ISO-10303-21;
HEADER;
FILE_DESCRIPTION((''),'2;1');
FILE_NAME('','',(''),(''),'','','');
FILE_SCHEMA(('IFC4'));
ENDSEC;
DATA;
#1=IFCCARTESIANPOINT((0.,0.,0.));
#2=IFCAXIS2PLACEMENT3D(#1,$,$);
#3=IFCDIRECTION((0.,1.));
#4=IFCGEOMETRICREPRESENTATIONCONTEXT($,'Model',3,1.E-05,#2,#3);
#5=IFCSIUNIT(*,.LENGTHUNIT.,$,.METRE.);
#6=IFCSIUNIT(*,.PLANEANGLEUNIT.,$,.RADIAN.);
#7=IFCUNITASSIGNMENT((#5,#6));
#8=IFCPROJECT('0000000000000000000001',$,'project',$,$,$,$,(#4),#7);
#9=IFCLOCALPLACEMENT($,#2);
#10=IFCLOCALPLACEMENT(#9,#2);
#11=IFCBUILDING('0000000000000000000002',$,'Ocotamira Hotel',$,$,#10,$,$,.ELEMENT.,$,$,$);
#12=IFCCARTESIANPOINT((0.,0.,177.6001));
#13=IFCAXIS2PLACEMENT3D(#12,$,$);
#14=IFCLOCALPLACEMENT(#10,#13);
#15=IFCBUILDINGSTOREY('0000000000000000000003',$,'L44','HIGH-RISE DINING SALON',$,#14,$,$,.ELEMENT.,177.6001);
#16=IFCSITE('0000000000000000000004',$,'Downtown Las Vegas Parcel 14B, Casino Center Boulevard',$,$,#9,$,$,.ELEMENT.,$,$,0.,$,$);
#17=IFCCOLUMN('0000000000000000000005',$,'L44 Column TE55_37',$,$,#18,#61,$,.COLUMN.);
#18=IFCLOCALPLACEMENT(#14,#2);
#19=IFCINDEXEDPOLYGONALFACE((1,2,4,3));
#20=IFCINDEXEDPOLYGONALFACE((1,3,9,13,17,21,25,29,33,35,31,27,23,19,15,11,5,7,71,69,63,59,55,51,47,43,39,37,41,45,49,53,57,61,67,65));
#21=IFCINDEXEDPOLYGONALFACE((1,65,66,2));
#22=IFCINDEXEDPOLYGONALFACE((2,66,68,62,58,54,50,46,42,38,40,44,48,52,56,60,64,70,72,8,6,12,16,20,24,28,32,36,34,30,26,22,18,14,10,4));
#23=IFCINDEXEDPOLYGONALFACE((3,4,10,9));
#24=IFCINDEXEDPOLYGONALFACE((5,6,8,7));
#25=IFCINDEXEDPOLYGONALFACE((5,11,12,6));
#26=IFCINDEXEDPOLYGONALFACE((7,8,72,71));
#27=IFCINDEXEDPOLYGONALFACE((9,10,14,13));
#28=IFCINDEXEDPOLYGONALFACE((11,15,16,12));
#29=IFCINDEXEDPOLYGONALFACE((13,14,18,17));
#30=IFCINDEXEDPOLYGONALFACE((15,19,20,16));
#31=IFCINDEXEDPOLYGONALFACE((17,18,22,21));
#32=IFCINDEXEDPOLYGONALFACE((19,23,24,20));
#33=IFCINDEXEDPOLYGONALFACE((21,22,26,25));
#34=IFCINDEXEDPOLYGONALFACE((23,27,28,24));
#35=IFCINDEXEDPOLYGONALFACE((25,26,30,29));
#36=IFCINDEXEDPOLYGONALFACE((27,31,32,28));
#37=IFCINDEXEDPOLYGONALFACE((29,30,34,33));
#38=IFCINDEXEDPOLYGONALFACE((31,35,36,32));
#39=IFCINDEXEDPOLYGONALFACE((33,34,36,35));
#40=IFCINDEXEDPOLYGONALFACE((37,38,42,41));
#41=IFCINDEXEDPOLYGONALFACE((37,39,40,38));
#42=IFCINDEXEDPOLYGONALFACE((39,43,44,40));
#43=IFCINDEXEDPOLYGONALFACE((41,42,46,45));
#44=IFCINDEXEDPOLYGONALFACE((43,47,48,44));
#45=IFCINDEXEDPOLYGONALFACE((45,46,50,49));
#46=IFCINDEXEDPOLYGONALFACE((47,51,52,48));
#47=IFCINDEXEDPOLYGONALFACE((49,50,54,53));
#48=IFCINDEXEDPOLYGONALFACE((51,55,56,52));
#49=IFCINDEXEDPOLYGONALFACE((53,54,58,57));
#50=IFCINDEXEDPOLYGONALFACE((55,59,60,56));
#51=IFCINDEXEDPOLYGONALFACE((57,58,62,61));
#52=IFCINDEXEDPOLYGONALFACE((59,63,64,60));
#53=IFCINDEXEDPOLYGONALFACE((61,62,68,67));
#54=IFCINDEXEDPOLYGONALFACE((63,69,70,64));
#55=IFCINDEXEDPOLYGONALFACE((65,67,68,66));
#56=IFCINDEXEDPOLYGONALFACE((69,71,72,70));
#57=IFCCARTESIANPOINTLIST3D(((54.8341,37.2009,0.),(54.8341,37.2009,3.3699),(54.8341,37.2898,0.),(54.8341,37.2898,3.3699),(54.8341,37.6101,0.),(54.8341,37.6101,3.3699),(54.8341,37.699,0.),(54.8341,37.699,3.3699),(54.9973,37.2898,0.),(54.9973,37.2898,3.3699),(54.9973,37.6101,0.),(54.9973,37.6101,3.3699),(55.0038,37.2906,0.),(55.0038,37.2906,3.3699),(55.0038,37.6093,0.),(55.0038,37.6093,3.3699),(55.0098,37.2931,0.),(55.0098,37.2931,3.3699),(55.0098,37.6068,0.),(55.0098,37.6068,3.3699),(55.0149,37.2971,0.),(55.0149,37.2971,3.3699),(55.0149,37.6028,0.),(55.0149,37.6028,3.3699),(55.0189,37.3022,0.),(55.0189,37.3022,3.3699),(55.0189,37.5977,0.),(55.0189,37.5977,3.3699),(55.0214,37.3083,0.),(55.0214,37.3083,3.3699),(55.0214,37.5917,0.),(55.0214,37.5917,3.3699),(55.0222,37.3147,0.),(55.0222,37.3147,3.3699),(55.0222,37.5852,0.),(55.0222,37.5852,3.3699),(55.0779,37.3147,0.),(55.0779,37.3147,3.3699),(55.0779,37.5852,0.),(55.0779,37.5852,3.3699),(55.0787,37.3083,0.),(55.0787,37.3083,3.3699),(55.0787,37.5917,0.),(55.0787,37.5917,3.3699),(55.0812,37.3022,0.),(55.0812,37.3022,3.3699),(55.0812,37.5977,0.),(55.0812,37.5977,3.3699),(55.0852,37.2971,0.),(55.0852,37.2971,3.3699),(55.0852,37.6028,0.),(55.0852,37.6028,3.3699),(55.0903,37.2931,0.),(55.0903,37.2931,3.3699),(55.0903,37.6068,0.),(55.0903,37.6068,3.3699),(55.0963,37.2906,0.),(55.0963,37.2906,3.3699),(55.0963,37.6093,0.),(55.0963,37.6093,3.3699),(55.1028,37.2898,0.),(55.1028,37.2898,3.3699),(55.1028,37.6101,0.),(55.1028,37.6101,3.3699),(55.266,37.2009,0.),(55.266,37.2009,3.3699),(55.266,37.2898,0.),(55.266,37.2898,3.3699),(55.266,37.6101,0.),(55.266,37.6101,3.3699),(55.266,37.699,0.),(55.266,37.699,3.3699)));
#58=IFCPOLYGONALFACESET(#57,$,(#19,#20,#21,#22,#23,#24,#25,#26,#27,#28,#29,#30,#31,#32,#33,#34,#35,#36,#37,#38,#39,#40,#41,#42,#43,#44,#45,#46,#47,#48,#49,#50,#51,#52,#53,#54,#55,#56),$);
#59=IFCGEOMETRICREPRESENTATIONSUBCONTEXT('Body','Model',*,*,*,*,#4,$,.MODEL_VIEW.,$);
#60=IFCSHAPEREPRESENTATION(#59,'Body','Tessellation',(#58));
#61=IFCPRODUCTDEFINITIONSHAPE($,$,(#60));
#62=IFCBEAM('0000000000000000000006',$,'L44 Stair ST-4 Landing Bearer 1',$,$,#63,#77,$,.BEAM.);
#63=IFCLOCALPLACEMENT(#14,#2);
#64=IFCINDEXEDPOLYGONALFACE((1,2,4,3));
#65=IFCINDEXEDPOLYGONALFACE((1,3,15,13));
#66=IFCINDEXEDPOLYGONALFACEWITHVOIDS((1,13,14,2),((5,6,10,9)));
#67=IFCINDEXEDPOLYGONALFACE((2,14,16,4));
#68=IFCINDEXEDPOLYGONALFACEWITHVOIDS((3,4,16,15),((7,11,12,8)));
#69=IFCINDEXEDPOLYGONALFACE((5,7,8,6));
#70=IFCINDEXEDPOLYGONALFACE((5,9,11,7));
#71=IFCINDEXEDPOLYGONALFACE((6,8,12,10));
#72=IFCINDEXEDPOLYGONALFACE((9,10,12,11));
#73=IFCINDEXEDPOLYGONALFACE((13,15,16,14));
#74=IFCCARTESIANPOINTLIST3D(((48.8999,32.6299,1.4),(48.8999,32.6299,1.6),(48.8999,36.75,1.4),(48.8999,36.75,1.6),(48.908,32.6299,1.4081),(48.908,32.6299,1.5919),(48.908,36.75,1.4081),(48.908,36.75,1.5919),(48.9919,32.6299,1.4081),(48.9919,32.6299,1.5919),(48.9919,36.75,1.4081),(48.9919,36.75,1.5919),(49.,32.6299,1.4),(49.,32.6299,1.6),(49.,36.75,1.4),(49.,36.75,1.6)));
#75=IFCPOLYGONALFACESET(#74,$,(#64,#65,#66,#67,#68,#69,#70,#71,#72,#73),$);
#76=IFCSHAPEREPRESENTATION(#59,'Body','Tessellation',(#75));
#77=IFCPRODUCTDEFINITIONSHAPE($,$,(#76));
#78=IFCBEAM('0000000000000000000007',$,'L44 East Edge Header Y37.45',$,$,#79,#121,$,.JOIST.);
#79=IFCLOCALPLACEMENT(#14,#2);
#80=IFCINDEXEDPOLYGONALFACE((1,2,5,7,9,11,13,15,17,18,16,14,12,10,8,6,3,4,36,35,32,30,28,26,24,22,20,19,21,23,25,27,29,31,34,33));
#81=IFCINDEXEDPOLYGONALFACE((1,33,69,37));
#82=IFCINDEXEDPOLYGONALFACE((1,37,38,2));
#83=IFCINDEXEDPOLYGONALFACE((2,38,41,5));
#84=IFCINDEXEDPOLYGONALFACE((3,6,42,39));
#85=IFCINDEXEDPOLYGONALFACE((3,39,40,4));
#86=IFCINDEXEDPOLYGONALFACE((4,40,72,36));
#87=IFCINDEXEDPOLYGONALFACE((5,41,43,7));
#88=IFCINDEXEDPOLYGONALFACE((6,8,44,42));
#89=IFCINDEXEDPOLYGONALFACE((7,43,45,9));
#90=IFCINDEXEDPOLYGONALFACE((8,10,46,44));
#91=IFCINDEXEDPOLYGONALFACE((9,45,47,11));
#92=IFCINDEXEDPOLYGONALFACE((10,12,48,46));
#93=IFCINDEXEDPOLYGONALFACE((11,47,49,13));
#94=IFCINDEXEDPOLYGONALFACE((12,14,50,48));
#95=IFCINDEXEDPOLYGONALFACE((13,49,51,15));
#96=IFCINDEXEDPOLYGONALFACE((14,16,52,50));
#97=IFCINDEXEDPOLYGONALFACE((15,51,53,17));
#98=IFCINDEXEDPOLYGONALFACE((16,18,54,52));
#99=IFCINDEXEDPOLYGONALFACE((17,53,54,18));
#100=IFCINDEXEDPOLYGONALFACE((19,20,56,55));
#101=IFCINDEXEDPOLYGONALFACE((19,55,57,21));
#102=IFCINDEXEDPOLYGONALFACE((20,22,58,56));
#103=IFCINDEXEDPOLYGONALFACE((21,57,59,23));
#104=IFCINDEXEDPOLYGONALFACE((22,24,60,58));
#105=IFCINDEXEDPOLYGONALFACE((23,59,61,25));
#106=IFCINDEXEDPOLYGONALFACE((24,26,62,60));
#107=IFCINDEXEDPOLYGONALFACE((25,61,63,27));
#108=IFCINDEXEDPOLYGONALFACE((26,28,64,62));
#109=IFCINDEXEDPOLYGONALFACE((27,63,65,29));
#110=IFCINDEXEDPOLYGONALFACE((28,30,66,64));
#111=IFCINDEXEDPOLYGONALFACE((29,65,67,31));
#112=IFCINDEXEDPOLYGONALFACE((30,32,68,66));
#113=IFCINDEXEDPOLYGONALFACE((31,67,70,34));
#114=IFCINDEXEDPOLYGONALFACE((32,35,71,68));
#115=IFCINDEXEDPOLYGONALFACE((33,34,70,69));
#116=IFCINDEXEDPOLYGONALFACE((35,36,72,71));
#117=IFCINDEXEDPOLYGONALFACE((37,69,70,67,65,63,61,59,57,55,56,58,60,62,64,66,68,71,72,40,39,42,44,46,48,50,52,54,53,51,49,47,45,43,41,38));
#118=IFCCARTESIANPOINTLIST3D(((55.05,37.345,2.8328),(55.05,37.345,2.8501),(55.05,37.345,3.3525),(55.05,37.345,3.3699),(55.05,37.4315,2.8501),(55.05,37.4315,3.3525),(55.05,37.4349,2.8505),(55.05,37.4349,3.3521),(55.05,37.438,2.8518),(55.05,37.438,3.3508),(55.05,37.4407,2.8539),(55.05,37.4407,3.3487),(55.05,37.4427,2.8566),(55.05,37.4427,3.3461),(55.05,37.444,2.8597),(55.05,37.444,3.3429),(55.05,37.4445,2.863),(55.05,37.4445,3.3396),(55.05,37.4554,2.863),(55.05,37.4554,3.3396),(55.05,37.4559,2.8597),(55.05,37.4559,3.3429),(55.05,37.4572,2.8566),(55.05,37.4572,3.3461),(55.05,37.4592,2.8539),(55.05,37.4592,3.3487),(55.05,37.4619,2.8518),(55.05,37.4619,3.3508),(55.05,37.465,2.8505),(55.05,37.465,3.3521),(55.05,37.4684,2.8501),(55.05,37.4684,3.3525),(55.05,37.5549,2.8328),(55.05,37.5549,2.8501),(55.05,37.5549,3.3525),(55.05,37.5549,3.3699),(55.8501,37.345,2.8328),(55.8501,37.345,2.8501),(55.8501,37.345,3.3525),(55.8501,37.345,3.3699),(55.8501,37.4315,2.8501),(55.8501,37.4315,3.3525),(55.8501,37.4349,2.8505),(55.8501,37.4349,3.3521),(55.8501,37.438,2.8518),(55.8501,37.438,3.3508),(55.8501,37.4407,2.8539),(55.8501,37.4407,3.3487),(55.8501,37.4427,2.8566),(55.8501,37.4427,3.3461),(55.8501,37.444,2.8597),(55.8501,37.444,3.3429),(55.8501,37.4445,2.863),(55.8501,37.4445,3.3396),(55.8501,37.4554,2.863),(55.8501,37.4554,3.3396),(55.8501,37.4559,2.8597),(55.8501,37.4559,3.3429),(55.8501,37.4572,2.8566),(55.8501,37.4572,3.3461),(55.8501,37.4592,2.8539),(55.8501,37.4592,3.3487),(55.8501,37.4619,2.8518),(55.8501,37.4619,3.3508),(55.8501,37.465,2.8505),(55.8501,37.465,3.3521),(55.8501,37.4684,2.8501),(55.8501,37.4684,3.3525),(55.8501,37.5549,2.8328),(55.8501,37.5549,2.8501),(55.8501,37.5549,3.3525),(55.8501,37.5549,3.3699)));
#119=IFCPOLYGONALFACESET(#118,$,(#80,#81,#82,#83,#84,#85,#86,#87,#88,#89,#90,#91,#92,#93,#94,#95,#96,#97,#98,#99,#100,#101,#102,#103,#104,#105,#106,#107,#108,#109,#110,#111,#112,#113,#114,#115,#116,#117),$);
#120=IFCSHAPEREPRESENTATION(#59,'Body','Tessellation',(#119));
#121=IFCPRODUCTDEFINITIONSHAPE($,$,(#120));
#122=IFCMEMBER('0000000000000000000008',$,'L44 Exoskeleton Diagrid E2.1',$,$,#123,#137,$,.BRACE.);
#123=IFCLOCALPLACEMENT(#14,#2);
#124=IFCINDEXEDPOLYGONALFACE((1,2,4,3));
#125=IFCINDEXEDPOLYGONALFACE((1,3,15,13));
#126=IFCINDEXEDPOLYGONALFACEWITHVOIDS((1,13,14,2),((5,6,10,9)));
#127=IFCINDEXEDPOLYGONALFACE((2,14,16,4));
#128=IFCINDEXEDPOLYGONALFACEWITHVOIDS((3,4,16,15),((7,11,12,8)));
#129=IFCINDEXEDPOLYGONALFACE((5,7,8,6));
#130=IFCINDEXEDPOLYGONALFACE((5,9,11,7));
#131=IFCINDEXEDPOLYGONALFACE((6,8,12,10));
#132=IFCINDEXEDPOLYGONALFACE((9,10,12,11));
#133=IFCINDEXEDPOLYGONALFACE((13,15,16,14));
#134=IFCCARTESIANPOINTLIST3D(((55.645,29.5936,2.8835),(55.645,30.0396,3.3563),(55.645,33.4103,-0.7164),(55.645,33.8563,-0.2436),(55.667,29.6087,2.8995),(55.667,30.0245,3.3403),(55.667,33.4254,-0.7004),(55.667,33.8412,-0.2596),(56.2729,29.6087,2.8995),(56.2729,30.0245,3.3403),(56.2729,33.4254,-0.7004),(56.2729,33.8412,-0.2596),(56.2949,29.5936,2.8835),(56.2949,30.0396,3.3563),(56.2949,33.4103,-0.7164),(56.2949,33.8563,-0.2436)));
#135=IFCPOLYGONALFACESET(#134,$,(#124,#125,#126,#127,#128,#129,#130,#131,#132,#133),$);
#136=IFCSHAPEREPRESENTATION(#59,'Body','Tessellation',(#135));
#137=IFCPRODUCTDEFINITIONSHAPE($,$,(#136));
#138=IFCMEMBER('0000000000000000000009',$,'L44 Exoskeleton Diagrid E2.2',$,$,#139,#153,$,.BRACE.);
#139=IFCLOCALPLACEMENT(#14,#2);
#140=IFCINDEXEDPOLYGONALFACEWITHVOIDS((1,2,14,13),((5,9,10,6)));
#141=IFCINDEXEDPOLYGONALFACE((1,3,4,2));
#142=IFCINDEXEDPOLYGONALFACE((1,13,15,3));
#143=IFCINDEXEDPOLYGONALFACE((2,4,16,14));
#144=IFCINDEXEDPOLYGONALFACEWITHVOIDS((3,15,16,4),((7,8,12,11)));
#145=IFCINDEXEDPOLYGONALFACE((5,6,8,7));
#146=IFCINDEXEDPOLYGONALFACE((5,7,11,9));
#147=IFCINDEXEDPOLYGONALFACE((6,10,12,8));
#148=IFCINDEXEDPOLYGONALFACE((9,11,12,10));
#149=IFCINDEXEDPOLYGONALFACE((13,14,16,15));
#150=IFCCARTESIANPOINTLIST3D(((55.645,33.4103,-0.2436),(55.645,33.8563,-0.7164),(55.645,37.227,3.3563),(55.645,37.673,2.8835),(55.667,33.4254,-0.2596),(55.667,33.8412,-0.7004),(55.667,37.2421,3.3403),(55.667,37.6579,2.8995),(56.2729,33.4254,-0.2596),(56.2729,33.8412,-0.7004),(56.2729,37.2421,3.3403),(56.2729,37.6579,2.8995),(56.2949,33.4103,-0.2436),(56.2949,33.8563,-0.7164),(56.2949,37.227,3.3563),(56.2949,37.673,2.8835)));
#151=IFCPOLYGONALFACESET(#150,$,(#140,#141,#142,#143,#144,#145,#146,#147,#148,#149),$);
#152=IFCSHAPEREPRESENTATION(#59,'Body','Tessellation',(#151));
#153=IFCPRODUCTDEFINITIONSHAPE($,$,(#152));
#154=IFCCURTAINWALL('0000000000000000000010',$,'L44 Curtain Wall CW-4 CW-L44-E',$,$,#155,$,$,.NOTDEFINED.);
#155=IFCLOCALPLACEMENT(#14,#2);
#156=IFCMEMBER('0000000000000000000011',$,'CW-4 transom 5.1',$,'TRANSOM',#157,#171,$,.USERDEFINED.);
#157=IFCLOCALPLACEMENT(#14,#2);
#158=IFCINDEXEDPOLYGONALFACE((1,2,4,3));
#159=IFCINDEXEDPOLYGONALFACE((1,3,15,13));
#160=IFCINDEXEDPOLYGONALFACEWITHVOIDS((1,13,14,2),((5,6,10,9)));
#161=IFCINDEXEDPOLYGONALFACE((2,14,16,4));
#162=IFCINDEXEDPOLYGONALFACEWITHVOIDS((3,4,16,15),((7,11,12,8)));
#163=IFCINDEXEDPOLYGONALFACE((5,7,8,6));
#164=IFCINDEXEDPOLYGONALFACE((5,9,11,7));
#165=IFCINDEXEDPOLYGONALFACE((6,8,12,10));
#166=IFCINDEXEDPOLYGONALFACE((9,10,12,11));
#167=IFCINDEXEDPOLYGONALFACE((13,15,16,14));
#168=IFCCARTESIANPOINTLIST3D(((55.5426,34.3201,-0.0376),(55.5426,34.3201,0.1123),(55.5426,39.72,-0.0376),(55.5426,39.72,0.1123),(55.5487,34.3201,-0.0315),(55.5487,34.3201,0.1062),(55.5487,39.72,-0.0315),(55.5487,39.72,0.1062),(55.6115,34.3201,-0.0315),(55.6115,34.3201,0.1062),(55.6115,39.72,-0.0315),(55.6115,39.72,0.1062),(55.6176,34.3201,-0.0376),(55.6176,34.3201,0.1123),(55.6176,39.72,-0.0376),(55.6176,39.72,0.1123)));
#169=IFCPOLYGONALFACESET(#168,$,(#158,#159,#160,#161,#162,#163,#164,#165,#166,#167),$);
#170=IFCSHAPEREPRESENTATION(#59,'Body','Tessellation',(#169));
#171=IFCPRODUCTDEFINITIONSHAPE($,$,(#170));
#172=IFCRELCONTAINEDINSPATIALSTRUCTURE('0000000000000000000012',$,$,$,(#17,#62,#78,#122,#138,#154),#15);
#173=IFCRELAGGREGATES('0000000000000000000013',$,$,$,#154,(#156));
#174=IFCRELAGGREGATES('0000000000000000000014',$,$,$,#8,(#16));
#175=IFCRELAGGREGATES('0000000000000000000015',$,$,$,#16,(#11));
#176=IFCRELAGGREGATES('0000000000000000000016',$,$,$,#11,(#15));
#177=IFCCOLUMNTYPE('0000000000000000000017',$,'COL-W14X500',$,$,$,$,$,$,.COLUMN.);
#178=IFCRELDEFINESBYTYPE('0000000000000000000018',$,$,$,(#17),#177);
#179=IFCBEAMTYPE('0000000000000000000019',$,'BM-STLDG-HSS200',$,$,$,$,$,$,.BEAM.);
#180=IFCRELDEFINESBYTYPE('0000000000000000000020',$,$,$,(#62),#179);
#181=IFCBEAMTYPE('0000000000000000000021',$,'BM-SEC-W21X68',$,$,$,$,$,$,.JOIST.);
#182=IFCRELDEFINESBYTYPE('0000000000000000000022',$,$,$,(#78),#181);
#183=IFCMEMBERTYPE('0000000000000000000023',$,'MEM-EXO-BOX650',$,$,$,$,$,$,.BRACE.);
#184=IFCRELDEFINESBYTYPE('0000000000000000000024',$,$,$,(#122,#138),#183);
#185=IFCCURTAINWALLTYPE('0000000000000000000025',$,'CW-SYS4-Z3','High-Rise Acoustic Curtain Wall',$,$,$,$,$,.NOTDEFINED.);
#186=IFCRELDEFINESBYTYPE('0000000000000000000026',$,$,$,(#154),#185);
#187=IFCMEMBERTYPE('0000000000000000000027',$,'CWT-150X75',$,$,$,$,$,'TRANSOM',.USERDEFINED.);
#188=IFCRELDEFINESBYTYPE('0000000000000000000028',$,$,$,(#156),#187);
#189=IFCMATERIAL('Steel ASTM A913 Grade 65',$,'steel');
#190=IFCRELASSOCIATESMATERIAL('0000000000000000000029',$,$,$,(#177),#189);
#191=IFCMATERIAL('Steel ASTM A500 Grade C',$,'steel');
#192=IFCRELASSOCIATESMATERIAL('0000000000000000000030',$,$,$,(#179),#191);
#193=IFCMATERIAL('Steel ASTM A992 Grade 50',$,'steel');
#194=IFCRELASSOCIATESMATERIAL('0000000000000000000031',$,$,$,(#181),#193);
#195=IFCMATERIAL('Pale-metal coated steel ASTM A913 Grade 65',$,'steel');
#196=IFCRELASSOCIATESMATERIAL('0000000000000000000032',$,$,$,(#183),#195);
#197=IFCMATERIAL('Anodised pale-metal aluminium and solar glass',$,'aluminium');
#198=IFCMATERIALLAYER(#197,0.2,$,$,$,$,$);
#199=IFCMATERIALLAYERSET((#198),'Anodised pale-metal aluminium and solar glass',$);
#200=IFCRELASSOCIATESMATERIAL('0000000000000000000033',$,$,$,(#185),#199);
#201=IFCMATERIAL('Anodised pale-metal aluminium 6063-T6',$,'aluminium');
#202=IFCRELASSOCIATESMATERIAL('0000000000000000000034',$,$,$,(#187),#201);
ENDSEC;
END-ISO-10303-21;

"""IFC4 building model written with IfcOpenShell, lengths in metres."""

from ifc_helpers import new_model, si_unit, direction, frame, origin, origin_2d, place, context, subcontext, project, spatial, hollow_rectangle, i_section, extrude, source, transform, mapped, material, layer, layer_set, material_profile, profile_set, type_object, element, aggregate, save


model = new_model("IFC4")

# Units and contexts
model_context = context("Model", 3, precision=1e-05, world=origin(), true_north=direction((0.0, 1.0)))
body_context = subcontext(model_context, "Body", "Model", "MODEL_VIEW")
ifc_project = project(units=[si_unit("LENGTHUNIT", "METRE"), si_unit("PLANEANGLEUNIT", "RADIAN")], contexts=[model_context])

# Site, building, storey
site_placement = place(None, origin())
site = spatial("IfcSite", under=ifc_project, at=site_placement, Name="Downtown Las Vegas Parcel 14B, Casino Center Boulevard", CompositionType="ELEMENT", RefElevation=0.0)
building_placement = place(site_placement, origin())
building = spatial("IfcBuilding", under=site, at=building_placement, Name="Ocotamira Hotel", CompositionType="ELEMENT")
storey_placement = place(building_placement, frame((0.0, 0.0, 177.6001)))
storey = spatial("IfcBuildingStorey", under=building, at=storey_placement, Name="L44", Description="HIGH-RISE DINING SALON", CompositionType="ELEMENT", Elevation=177.6001)

# Column
ifc_material_1 = material(Name="Steel ASTM A913 Grade 65", Category="steel")
ifc_material_profile_1 = material_profile(ifc_material_1, i_section(OverallWidth=0.4319, OverallDepth=0.498, WebThickness=0.0557, FlangeThickness=0.0889, FilletRadius=0.0249, at=origin_2d()), Name="W14X500")
ifc_profile_set_1 = profile_set([ifc_material_profile_1], Name="Steel ASTM A913 Grade 65")
column_type = type_object("IfcColumnType", Name="COL-W14X500", PredefinedType="COLUMN", material=ifc_profile_set_1)
shared_shape_1 = source(origin(), body_context, "Body", "SweptSolid", [
    extrude(i_section(OverallWidth=0.4319, OverallDepth=0.498, WebThickness=0.0557, FlangeThickness=0.0889, FilletRadius=0.0249, at=origin_2d()), origin(), (0.0, 0.0, 1.0), 3.3699),
])
column_placement = place(storey_placement, frame((55.05, 37.45, 0.0), z_axis=(0.0, 0.0, 1.0), x_axis=(1.0, 0.0, 0.0)))
element("IfcColumn", 1, at=column_placement, inside=storey, type_object=column_type, Name="L44 Column TE55_37", PredefinedType="COLUMN", context=body_context, shape_type="MappedRepresentation", body=[
    mapped(shared_shape_1, transform((0.0, 0.0, 0.0), scale=1.0)),
])

# Beams
ifc_material_2 = material(Name="Steel ASTM A500 Grade C", Category="steel")
ifc_material_profile_2 = material_profile(ifc_material_2, hollow_rectangle(XDim=0.1001, YDim=0.2, WallThickness=0.0081, at=origin_2d()), Name="HSS200X100X8")
ifc_profile_set_2 = profile_set([ifc_material_profile_2], Name="Steel ASTM A500 Grade C")
beam_type_1 = type_object("IfcBeamType", Name="BM-STLDG-HSS200", PredefinedType="BEAM", material=ifc_profile_set_2)
shared_shape_2 = source(origin(), body_context, "Body", "SweptSolid", [
    extrude(hollow_rectangle(XDim=0.1001, YDim=0.2, WallThickness=0.0081, at=origin_2d()), origin(), (0.0, 0.0, 1.0), 4.1201),
])
beam_1_placement = place(storey_placement, frame((48.95, 32.6299, 1.5), z_axis=(0.0, 1.0, 0.0), x_axis=(-1.0, 0.0, 0.0)))
element("IfcBeam", 2, at=beam_1_placement, inside=storey, type_object=beam_type_1, Name="L44 Stair ST-4 Landing Bearer 1", PredefinedType="BEAM", context=body_context, shape_type="MappedRepresentation", body=[
    mapped(shared_shape_2, transform((0.0, 0.0, 0.0), scale=1.0)),
])
ifc_material_3 = material(Name="Steel ASTM A992 Grade 50", Category="steel")
ifc_material_profile_3 = material_profile(ifc_material_3, i_section(OverallWidth=0.21, OverallDepth=0.5371, WebThickness=0.011, FlangeThickness=0.0173, FilletRadius=0.0129, at=origin_2d()), Name="W21X68")
ifc_profile_set_3 = profile_set([ifc_material_profile_3], Name="Steel ASTM A992 Grade 50")
beam_type_2 = type_object("IfcBeamType", Name="BM-SEC-W21X68", PredefinedType="JOIST", material=ifc_profile_set_3)
shared_shape_3 = source(origin(), body_context, "Body", "SweptSolid", [
    extrude(i_section(OverallWidth=0.21, OverallDepth=0.5371, WebThickness=0.011, FlangeThickness=0.0173, FilletRadius=0.0129, at=origin_2d()), origin(), (0.0, 0.0, 1.0), 0.8),
])
beam_2_placement = place(storey_placement, frame((55.05, 37.45, 3.1013), z_axis=(1.0, 0.0, 0.0), x_axis=(0.0, 1.0, 0.0)))
element("IfcBeam", 3, at=beam_2_placement, inside=storey, type_object=beam_type_2, Name="L44 East Edge Header Y37.45", PredefinedType="JOIST", context=body_context, shape_type="MappedRepresentation", body=[
    mapped(shared_shape_3, transform((0.0, 0.0, 0.0), scale=1.0)),
])

# Members
ifc_material_4 = material(Name="Pale-metal coated steel ASTM A913 Grade 65", Category="steel")
ifc_material_profile_4 = material_profile(ifc_material_4, hollow_rectangle(XDim=0.6499, YDim=0.6499, WallThickness=0.022, at=origin_2d()), Name="BOX650X650X22")
ifc_profile_set_4 = profile_set([ifc_material_profile_4], Name="Pale-metal coated steel ASTM A913 Grade 65")
member_type_1 = type_object("IfcMemberType", Name="MEM-EXO-BOX650", PredefinedType="BRACE", material=ifc_profile_set_4)
shared_shape_4 = source(origin(), body_context, "Body", "SweptSolid", [
    extrude(hollow_rectangle(XDim=0.6499, YDim=0.6499, WallThickness=0.022, at=origin_2d()), origin(), (0.0, 0.0, 1.0), 5.2466),
])
for number, where, z_axis, x_axis, name in (
    (4, (55.97, 33.6333, -0.48), (0.0, -0.727466, 0.686144), (1.0, 0.0, 0.0), "L44 Exoskeleton Diagrid E2.1"),
    (5, (55.97, 33.6333, -0.48), (0.0, 0.727466, 0.686144), (-1.0, 0.0, 0.0), "L44 Exoskeleton Diagrid E2.2"),
):
    element("IfcMember", number, at=place(storey_placement, frame(where, z_axis=z_axis, x_axis=x_axis)), inside=storey, type_object=member_type_1, Name=name, PredefinedType="BRACE", context=body_context, shape_type="MappedRepresentation", body=[
        mapped(shared_shape_4, transform((0.0, 0.0, 0.0), scale=1.0)),
    ])

# Curtain wall, member
ifc_material_5 = material(Name="Anodised pale-metal aluminium and solar glass", Category="aluminium")
ifc_layer_1 = layer(ifc_material_5, 0.2)
ifc_layer_set_1 = layer_set([ifc_layer_1], Name="Anodised pale-metal aluminium and solar glass")
curtain_wall_type = type_object("IfcCurtainWallType", Name="CW-SYS4-Z3", Description="High-Rise Acoustic Curtain Wall", PredefinedType="NOTDEFINED", material=ifc_layer_set_1)
curtain_wall_placement = place(storey_placement, origin())
curtain_wall = element("IfcCurtainWall", 6, at=curtain_wall_placement, inside=storey, type_object=curtain_wall_type, Name="L44 Curtain Wall CW-4 CW-L44-E", PredefinedType="NOTDEFINED")
ifc_material_6 = material(Name="Anodised pale-metal aluminium 6063-T6", Category="aluminium")
ifc_material_profile_5 = material_profile(ifc_material_6, hollow_rectangle(XDim=0.075, YDim=0.1499, WallThickness=0.0061, at=origin_2d()), Name="HSS150X75X6")
ifc_profile_set_5 = profile_set([ifc_material_profile_5], Name="Anodised pale-metal aluminium 6063-T6")
member_type_2 = type_object("IfcMemberType", Name="CWT-150X75", ElementType="TRANSOM", PredefinedType="USERDEFINED", material=ifc_profile_set_5)
shared_shape_5 = source(origin(), body_context, "Body", "SweptSolid", [
    extrude(hollow_rectangle(XDim=0.075, YDim=0.1499, WallThickness=0.0061, at=origin_2d()), origin(), (0.0, 0.0, 1.0), 5.3999),
])
member_1_placement = place(storey_placement, frame((55.5801, 34.3201, 0.0374), z_axis=(0.0, 1.0, 0.0), x_axis=(-1.0, 0.0, 0.0)))
member_1 = element("IfcMember", 7, at=member_1_placement, type_object=member_type_2, Name="CW-4 transom 5.1", ObjectType="TRANSOM", PredefinedType="USERDEFINED", context=body_context, shape_type="MappedRepresentation", body=[
    mapped(shared_shape_5, transform((0.0, 0.0, 0.0), scale=1.0)),
])

aggregate(curtain_wall, [member_1])

save(model, "model.ifc")
